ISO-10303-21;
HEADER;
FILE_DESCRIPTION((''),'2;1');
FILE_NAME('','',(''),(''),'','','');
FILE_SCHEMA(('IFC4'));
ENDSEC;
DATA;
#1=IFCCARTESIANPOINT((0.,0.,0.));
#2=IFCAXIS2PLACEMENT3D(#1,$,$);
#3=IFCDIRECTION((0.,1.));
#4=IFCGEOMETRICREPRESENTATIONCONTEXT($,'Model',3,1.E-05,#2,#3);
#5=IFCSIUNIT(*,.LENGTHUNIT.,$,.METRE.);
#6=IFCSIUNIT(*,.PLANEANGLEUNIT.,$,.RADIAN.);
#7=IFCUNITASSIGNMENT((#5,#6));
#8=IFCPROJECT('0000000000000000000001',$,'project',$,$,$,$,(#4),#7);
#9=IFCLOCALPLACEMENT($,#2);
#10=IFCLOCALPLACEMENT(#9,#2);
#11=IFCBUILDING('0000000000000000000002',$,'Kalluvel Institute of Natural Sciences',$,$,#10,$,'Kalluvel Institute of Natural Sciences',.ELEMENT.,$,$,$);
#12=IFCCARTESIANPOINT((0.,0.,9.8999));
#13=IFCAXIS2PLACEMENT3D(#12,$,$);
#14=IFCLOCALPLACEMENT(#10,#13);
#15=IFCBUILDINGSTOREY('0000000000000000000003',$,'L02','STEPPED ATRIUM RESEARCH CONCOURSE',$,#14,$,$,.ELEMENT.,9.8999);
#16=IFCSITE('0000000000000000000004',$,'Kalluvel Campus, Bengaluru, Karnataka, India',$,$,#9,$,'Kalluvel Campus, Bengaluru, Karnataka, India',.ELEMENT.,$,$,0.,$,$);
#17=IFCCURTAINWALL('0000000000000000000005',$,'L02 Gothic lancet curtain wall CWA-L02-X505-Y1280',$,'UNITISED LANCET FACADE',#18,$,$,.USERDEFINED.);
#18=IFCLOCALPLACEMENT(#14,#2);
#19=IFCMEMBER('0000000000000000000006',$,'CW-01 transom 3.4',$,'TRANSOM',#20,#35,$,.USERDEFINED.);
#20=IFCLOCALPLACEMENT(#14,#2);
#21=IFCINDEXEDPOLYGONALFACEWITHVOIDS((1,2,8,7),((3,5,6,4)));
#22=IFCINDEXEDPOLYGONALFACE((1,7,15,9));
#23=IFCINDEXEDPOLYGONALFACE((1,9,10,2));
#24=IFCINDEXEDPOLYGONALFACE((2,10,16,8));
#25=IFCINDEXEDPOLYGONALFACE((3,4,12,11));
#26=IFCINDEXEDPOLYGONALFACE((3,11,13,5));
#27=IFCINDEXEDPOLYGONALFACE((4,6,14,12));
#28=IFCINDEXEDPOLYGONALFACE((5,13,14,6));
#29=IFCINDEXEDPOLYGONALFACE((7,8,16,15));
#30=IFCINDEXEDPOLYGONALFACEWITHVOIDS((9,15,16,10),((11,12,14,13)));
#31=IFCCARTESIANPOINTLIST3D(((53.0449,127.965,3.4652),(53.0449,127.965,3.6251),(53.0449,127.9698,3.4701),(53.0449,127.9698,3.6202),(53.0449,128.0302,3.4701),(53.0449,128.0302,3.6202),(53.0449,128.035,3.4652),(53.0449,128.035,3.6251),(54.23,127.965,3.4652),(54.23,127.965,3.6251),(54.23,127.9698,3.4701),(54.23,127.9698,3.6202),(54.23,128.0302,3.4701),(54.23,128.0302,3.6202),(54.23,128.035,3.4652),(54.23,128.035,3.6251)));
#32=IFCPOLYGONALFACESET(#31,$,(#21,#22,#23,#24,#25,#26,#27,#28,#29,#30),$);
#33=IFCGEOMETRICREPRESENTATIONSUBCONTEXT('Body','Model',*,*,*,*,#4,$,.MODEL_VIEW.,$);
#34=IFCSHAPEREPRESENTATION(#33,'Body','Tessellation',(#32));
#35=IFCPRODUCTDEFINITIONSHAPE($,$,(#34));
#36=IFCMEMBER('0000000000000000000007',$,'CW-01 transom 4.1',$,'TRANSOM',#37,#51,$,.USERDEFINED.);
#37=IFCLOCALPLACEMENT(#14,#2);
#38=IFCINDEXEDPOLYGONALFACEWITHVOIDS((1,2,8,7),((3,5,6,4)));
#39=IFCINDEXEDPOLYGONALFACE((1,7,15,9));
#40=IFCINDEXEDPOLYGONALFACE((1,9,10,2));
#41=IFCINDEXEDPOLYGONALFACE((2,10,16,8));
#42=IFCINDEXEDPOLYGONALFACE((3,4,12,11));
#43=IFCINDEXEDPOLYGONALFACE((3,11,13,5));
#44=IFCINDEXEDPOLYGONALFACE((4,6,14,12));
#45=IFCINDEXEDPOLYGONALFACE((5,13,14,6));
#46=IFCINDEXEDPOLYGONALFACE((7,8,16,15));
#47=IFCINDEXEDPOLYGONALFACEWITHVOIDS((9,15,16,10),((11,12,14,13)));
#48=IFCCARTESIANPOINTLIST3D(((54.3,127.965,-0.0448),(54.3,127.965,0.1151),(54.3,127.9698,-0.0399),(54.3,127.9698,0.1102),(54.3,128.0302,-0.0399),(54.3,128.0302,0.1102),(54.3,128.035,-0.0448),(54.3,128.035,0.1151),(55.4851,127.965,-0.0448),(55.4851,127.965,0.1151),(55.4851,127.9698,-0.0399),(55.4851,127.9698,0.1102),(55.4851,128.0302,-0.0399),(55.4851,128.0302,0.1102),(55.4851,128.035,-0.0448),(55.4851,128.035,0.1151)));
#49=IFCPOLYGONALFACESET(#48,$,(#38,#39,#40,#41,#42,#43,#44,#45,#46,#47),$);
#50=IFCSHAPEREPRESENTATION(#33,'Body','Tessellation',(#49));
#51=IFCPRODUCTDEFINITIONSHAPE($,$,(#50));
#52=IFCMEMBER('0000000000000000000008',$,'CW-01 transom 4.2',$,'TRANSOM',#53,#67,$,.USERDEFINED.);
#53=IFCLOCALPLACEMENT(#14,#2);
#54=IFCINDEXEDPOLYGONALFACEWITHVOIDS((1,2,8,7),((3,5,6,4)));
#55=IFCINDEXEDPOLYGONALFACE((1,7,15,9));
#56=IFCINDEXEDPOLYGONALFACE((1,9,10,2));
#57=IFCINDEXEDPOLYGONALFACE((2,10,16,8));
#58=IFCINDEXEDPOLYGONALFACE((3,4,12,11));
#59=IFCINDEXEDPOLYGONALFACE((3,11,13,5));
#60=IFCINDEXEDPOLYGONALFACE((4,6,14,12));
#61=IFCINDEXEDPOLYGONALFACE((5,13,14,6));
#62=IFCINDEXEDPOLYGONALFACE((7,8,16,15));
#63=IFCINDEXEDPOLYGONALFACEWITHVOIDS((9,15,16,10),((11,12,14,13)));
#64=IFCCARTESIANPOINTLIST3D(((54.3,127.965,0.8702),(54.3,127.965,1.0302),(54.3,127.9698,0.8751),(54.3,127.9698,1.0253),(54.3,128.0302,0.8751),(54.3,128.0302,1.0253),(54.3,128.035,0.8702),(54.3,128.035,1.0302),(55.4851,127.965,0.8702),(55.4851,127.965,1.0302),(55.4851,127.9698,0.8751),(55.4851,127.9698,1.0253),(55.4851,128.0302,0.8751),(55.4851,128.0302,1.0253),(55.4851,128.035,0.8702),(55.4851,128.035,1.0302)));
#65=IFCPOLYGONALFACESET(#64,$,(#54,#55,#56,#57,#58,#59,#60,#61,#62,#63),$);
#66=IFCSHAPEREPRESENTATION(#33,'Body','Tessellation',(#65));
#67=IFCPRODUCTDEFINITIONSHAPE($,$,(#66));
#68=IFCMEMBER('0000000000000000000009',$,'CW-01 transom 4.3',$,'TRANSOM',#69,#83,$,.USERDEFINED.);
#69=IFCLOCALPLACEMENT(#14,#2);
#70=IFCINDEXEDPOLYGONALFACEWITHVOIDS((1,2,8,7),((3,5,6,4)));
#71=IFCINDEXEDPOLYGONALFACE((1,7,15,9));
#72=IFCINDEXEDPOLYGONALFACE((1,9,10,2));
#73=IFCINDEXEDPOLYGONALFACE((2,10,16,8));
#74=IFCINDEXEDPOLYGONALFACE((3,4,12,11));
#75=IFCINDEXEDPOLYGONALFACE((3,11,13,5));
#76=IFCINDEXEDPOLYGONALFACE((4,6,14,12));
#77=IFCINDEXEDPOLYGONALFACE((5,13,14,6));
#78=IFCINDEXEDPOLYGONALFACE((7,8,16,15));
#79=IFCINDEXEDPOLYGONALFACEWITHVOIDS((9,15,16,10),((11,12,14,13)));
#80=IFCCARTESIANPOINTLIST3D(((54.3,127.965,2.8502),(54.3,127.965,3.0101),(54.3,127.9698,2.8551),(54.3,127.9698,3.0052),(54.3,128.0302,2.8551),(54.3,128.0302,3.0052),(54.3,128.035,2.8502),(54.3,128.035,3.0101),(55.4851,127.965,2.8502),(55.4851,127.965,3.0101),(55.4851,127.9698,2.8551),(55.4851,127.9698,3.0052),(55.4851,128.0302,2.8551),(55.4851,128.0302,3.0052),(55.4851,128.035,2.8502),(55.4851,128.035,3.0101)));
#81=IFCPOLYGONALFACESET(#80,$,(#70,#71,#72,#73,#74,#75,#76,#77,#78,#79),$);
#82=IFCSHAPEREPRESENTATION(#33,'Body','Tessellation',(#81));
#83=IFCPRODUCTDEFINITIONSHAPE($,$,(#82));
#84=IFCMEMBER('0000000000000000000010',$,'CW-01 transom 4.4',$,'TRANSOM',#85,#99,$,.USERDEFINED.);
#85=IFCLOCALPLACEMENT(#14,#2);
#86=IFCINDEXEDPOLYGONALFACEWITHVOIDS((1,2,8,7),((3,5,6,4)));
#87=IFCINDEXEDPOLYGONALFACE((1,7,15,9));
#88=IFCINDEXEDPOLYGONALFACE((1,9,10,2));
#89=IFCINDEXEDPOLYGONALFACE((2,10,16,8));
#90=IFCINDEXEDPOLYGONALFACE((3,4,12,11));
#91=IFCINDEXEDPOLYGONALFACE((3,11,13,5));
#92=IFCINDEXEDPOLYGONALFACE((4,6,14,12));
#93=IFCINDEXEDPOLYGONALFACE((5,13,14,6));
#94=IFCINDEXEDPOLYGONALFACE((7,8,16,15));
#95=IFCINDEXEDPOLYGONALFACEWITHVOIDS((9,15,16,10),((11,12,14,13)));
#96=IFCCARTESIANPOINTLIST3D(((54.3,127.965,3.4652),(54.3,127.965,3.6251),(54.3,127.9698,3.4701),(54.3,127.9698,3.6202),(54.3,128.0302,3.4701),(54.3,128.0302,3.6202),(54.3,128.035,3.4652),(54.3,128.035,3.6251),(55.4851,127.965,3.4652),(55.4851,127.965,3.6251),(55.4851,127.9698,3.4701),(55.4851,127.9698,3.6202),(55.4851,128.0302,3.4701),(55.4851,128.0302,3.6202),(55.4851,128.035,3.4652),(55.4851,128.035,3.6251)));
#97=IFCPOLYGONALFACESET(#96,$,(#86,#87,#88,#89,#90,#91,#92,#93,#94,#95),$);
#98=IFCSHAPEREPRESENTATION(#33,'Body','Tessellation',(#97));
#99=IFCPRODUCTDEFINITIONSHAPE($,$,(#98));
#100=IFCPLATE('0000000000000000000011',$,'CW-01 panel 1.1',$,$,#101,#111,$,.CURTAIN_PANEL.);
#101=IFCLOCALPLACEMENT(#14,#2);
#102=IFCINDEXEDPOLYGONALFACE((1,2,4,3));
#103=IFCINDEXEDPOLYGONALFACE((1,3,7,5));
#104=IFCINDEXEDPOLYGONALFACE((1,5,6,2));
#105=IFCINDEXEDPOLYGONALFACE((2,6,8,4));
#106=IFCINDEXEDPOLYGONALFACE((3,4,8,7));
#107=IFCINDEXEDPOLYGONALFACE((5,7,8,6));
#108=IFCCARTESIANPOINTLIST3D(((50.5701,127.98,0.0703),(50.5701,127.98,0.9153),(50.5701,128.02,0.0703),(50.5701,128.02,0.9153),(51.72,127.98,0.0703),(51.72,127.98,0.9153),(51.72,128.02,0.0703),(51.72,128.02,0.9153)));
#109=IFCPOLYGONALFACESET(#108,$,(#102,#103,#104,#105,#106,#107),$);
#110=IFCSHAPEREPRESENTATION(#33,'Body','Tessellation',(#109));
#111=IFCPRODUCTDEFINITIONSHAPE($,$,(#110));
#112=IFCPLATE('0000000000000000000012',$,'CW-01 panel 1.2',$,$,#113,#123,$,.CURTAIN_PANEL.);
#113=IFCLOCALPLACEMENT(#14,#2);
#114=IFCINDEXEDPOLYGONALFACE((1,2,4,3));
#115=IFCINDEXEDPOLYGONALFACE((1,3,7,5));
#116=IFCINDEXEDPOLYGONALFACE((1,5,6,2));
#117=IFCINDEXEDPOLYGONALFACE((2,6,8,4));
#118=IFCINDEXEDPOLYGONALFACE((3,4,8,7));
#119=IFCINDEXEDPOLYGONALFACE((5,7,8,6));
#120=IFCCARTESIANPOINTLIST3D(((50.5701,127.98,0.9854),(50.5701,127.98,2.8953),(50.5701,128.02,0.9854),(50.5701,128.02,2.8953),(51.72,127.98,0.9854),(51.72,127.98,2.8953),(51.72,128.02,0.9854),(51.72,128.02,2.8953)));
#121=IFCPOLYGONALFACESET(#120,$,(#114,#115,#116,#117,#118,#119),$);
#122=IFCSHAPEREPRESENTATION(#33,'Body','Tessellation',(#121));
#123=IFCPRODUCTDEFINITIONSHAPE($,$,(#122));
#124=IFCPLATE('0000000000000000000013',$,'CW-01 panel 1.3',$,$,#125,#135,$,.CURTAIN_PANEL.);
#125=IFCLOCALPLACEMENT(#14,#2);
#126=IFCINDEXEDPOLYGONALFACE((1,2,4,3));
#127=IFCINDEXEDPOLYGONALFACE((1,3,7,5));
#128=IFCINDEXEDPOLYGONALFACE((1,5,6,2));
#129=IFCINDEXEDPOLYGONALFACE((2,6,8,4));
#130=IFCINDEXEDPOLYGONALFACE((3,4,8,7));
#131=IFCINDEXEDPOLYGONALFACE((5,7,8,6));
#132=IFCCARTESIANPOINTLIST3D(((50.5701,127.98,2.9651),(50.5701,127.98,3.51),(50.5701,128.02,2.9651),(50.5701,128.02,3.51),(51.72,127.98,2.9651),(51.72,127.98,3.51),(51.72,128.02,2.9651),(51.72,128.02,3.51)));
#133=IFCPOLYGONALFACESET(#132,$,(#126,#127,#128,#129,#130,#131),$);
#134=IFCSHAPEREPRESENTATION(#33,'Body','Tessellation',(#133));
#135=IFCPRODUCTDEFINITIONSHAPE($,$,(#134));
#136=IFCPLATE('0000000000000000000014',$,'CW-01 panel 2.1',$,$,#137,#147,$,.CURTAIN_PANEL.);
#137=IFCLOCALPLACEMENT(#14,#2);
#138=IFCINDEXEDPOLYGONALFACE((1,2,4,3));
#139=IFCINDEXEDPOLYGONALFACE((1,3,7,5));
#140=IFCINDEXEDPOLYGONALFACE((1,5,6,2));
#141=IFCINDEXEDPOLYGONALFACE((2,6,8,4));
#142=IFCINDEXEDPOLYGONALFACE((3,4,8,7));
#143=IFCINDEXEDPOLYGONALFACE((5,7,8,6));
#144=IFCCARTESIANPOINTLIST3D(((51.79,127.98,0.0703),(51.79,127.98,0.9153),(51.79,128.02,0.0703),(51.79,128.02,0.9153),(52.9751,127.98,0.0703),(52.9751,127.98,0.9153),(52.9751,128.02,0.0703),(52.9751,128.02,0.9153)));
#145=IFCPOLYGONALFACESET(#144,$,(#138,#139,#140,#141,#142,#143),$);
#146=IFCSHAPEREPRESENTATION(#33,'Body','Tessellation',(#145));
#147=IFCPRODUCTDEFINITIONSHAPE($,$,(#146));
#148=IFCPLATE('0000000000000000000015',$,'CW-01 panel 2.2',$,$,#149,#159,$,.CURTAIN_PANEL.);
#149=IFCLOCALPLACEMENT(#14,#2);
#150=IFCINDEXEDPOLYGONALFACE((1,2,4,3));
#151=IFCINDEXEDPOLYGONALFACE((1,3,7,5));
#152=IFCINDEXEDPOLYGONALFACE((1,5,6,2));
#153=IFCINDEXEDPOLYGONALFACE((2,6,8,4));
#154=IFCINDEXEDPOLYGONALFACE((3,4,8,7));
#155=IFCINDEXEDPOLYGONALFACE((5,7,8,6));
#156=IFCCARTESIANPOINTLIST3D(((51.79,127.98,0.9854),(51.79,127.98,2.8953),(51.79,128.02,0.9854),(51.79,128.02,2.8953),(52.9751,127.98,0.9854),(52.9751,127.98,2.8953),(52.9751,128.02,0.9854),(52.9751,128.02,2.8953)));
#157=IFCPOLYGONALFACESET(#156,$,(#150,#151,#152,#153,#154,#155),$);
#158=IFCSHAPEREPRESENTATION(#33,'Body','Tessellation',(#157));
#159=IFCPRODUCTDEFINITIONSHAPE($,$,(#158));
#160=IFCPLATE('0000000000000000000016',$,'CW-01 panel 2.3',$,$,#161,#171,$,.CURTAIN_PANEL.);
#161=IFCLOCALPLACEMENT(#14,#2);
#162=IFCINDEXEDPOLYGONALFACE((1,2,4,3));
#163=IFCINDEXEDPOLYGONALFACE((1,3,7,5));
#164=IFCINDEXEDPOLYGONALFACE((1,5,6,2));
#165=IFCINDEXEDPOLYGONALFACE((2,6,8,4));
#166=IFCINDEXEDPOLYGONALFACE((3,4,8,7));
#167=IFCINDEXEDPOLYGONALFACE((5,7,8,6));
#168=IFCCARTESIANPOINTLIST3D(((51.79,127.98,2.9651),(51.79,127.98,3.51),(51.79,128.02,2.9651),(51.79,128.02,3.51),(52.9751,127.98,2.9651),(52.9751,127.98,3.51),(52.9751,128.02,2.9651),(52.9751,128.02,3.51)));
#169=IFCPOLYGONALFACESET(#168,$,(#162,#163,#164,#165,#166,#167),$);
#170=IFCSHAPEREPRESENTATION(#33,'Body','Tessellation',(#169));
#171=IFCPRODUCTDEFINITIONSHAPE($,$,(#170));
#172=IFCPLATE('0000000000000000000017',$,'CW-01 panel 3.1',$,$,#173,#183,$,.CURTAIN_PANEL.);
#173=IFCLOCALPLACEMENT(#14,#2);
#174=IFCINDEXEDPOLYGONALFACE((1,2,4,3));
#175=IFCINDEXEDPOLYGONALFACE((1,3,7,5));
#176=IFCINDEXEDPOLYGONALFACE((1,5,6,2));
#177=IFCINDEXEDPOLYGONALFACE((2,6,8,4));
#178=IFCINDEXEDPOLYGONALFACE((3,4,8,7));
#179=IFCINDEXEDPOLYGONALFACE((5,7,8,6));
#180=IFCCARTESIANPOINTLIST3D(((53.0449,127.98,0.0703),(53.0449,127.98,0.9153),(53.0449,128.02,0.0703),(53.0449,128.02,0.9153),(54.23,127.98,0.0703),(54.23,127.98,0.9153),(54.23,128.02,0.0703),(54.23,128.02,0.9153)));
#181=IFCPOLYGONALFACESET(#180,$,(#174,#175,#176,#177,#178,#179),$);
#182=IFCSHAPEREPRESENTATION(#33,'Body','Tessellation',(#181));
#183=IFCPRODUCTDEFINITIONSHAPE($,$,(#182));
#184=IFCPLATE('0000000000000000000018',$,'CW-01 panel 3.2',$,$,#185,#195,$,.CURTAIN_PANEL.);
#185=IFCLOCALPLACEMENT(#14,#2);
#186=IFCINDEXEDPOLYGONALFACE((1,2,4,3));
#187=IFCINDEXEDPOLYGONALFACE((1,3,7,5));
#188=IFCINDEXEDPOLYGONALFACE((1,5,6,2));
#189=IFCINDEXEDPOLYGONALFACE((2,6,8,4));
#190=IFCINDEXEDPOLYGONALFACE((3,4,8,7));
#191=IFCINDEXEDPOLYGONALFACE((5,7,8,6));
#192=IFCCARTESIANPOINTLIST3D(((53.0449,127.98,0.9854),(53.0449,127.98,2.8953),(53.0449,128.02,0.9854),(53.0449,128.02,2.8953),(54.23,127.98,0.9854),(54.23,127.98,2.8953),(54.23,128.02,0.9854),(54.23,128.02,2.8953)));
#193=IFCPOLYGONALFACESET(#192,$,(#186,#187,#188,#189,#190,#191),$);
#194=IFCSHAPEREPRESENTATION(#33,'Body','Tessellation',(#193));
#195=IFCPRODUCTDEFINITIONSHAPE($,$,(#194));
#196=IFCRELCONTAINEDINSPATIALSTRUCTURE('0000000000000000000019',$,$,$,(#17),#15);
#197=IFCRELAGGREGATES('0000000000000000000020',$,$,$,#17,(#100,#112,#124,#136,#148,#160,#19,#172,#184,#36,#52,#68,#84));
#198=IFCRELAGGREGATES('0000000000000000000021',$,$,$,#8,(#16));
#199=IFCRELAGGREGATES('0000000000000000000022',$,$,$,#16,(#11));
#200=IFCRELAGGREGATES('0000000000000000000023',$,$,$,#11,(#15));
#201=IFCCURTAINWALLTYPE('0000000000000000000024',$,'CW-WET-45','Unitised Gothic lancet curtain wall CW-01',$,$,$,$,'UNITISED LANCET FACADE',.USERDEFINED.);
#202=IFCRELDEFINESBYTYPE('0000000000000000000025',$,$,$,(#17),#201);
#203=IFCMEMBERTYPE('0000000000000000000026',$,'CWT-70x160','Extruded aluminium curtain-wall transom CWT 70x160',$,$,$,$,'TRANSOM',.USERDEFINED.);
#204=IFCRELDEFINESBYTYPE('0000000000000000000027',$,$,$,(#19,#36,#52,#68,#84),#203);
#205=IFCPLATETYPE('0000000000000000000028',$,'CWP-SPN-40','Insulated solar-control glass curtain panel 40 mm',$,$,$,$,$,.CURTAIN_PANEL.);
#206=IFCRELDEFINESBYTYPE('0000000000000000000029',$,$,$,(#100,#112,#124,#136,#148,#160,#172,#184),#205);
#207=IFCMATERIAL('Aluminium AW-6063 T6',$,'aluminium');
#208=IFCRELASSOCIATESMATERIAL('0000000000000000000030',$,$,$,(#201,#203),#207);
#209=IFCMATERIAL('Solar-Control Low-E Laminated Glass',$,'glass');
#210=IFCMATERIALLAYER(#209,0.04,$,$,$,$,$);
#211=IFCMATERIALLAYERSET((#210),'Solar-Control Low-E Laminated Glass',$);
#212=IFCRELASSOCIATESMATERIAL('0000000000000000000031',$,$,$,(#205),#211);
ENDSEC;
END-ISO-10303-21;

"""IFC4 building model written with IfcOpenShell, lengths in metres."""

from ifc_helpers import new_model, si_unit, direction, frame, origin, origin_2d, place, context, subcontext, project, spatial, rectangle, hollow_rectangle, extrude, material, layer, layer_set, material_profile, profile_set, type_object, element, aggregate, save


model = new_model("IFC4")

# Units and contexts
model_context = context("Model", 3, precision=1e-05, world=origin(), true_north=direction((0.0, 1.0)))
body_context = subcontext(model_context, "Body", "Model", "MODEL_VIEW")
ifc_project = project(units=[si_unit("LENGTHUNIT", "METRE"), si_unit("PLANEANGLEUNIT", "RADIAN")], contexts=[model_context])

# Site, building, storey
site_placement = place(None, origin())
site = spatial("IfcSite", under=ifc_project, at=site_placement, Name="Kalluvel Campus, Bengaluru, Karnataka, India", LongName="Kalluvel Campus, Bengaluru, Karnataka, India", CompositionType="ELEMENT", RefElevation=0.0)
building_placement = place(site_placement, origin())
building = spatial("IfcBuilding", under=site, at=building_placement, Name="Kalluvel Institute of Natural Sciences", LongName="Kalluvel Institute of Natural Sciences", CompositionType="ELEMENT")
storey_placement = place(building_placement, frame((0.0, 0.0, 9.8999)))
storey = spatial("IfcBuildingStorey", under=building, at=storey_placement, Name="L02", Description="STEPPED ATRIUM RESEARCH CONCOURSE", CompositionType="ELEMENT", Elevation=9.8999)

# Curtain wall, members, plates
ifc_material_1 = material(Name="Aluminium AW-6063 T6", Category="aluminium")
curtain_wall_type = type_object("IfcCurtainWallType", Name="CW-WET-45", Description="Unitised Gothic lancet curtain wall CW-01", ElementType="UNITISED LANCET FACADE", PredefinedType="USERDEFINED", material=ifc_material_1)
curtain_wall_placement = place(storey_placement, origin())
curtain_wall = element("IfcCurtainWall", 1, at=curtain_wall_placement, inside=storey, type_object=curtain_wall_type, Name="L02 Gothic lancet curtain wall CWA-L02-X505-Y1280", ObjectType="UNITISED LANCET FACADE", PredefinedType="USERDEFINED")
ifc_material_profile_1 = material_profile(ifc_material_1, hollow_rectangle(XDim=0.0701, YDim=0.1599, WallThickness=0.0049, at=origin_2d()), Name="CWT 70x160")
ifc_profile_set_1 = profile_set([ifc_material_profile_1], Name="Aluminium AW-6063 T6")
member_type_1 = type_object("IfcMemberType", Name="CWT-70x160", Description="Extruded aluminium curtain-wall transom CWT 70x160", ElementType="TRANSOM", PredefinedType="USERDEFINED", material=ifc_profile_set_1)
member_1_placement = place(storey_placement, frame((53.0449, 128.0, 3.5452), z_axis=(1.0, 0.0, 0.0), x_axis=(0.0, 1.0, 0.0)))
member_1 = element("IfcMember", 2, at=member_1_placement, type_object=member_type_1, Name="CW-01 transom 3.4", ObjectType="TRANSOM", PredefinedType="USERDEFINED", context=body_context, shape_type="SweptSolid", body=[
    extrude(hollow_rectangle(XDim=0.0701, YDim=0.1599, WallThickness=0.0049, at=origin_2d()), origin(), (0.0, 0.0, 1.0), 1.1851),
])
member_2_placement = place(storey_placement, frame((54.3, 128.0, 0.0352), z_axis=(1.0, 0.0, 0.0), x_axis=(0.0, 1.0, 0.0)))
member_2 = element("IfcMember", 3, at=member_2_placement, type_object=member_type_1, Name="CW-01 transom 4.1", ObjectType="TRANSOM", PredefinedType="USERDEFINED", context=body_context, shape_type="SweptSolid", body=[
    extrude(hollow_rectangle(XDim=0.0701, YDim=0.1599, WallThickness=0.0049, at=origin_2d()), origin(), (0.0, 0.0, 1.0), 1.1851),
])
member_3_placement = place(storey_placement, frame((54.3, 128.0, 0.9502), z_axis=(1.0, 0.0, 0.0), x_axis=(0.0, 1.0, 0.0)))
member_3 = element("IfcMember", 4, at=member_3_placement, type_object=member_type_1, Name="CW-01 transom 4.2", ObjectType="TRANSOM", PredefinedType="USERDEFINED", context=body_context, shape_type="SweptSolid", body=[
    extrude(hollow_rectangle(XDim=0.0701, YDim=0.1599, WallThickness=0.0049, at=origin_2d()), origin(), (0.0, 0.0, 1.0), 1.1851),
])
member_4_placement = place(storey_placement, frame((54.3, 128.0, 2.9302), z_axis=(1.0, 0.0, 0.0), x_axis=(0.0, 1.0, 0.0)))
member_4 = element("IfcMember", 5, at=member_4_placement, type_object=member_type_1, Name="CW-01 transom 4.3", ObjectType="TRANSOM", PredefinedType="USERDEFINED", context=body_context, shape_type="SweptSolid", body=[
    extrude(hollow_rectangle(XDim=0.0701, YDim=0.1599, WallThickness=0.0049, at=origin_2d()), origin(), (0.0, 0.0, 1.0), 1.1851),
])
member_5_placement = place(storey_placement, frame((54.3, 128.0, 3.5452), z_axis=(1.0, 0.0, 0.0), x_axis=(0.0, 1.0, 0.0)))
member_5 = element("IfcMember", 6, at=member_5_placement, type_object=member_type_1, Name="CW-01 transom 4.4", ObjectType="TRANSOM", PredefinedType="USERDEFINED", context=body_context, shape_type="SweptSolid", body=[
    extrude(hollow_rectangle(XDim=0.0701, YDim=0.1599, WallThickness=0.0049, at=origin_2d()), origin(), (0.0, 0.0, 1.0), 1.1851),
])
ifc_material_2 = material(Name="Solar-Control Low-E Laminated Glass", Category="glass")
ifc_layer = layer(ifc_material_2, 0.04)
ifc_layer_set = layer_set([ifc_layer], Name="Solar-Control Low-E Laminated Glass")
plate_type = type_object("IfcPlateType", Name="CWP-SPN-40", Description="Insulated solar-control glass curtain panel 40 mm", PredefinedType="CURTAIN_PANEL", material=ifc_layer_set)
plate_1_placement = place(storey_placement, frame((51.145, 128.0, 0.0703), z_axis=(0.0, 0.0, 1.0), x_axis=(1.0, 0.0, 0.0)))
plate_1 = element("IfcPlate", 7, at=plate_1_placement, type_object=plate_type, Name="CW-01 panel 1.1", PredefinedType="CURTAIN_PANEL", context=body_context, shape_type="SweptSolid", body=[
    extrude(rectangle(XDim=1.1499, YDim=0.04, at=origin_2d()), origin(), (0.0, 0.0, 1.0), 0.845),
])
plate_2_placement = place(storey_placement, frame((51.145, 128.0, 0.9854), z_axis=(0.0, 0.0, 1.0), x_axis=(1.0, 0.0, 0.0)))
plate_2 = element("IfcPlate", 8, at=plate_2_placement, type_object=plate_type, Name="CW-01 panel 1.2", PredefinedType="CURTAIN_PANEL", context=body_context, shape_type="SweptSolid", body=[
    extrude(rectangle(XDim=1.1499, YDim=0.04, at=origin_2d()), origin(), (0.0, 0.0, 1.0), 1.9099),
])
plate_3_placement = place(storey_placement, frame((51.145, 128.0, 2.9651), z_axis=(0.0, 0.0, 1.0), x_axis=(1.0, 0.0, 0.0)))
plate_3 = element("IfcPlate", 9, at=plate_3_placement, type_object=plate_type, Name="CW-01 panel 1.3", PredefinedType="CURTAIN_PANEL", context=body_context, shape_type="SweptSolid", body=[
    extrude(rectangle(XDim=1.1499, YDim=0.04, at=origin_2d()), origin(), (0.0, 0.0, 1.0), 0.5449),
])
plate_4_placement = place(storey_placement, frame((52.3826, 128.0, 0.0703), z_axis=(0.0, 0.0, 1.0), x_axis=(1.0, 0.0, 0.0)))
plate_4 = element("IfcPlate", 10, at=plate_4_placement, type_object=plate_type, Name="CW-01 panel 2.1", PredefinedType="CURTAIN_PANEL", context=body_context, shape_type="SweptSolid", body=[
    extrude(rectangle(XDim=1.1851, YDim=0.04, at=origin_2d()), origin(), (0.0, 0.0, 1.0), 0.845),
])
plate_5_placement = place(storey_placement, frame((52.3826, 128.0, 0.9854), z_axis=(0.0, 0.0, 1.0), x_axis=(1.0, 0.0, 0.0)))
plate_5 = element("IfcPlate", 11, at=plate_5_placement, type_object=plate_type, Name="CW-01 panel 2.2", PredefinedType="CURTAIN_PANEL", context=body_context, shape_type="SweptSolid", body=[
    extrude(rectangle(XDim=1.1851, YDim=0.04, at=origin_2d()), origin(), (0.0, 0.0, 1.0), 1.9099),
])
plate_6_placement = place(storey_placement, frame((52.3826, 128.0, 2.9651), z_axis=(0.0, 0.0, 1.0), x_axis=(1.0, 0.0, 0.0)))
plate_6 = element("IfcPlate", 12, at=plate_6_placement, type_object=plate_type, Name="CW-01 panel 2.3", PredefinedType="CURTAIN_PANEL", context=body_context, shape_type="SweptSolid", body=[
    extrude(rectangle(XDim=1.1851, YDim=0.04, at=origin_2d()), origin(), (0.0, 0.0, 1.0), 0.5449),
])
plate_7_placement = place(storey_placement, frame((53.6375, 128.0, 0.0703), z_axis=(0.0, 0.0, 1.0), x_axis=(1.0, 0.0, 0.0)))
plate_7 = element("IfcPlate", 13, at=plate_7_placement, type_object=plate_type, Name="CW-01 panel 3.1", PredefinedType="CURTAIN_PANEL", context=body_context, shape_type="SweptSolid", body=[
    extrude(rectangle(XDim=1.1851, YDim=0.04, at=origin_2d()), origin(), (0.0, 0.0, 1.0), 0.845),
])
plate_8_placement = place(storey_placement, frame((53.6375, 128.0, 0.9854), z_axis=(0.0, 0.0, 1.0), x_axis=(1.0, 0.0, 0.0)))
plate_8 = element("IfcPlate", 14, at=plate_8_placement, type_object=plate_type, Name="CW-01 panel 3.2", PredefinedType="CURTAIN_PANEL", context=body_context, shape_type="SweptSolid", body=[
    extrude(rectangle(XDim=1.1851, YDim=0.04, at=origin_2d()), origin(), (0.0, 0.0, 1.0), 1.9099),
])
aggregate(curtain_wall, [plate_1, plate_2, plate_3, plate_4, plate_5, plate_6, member_1, plate_7, plate_8, member_2, member_3, member_4, member_5])

save(model, "model.ifc")
